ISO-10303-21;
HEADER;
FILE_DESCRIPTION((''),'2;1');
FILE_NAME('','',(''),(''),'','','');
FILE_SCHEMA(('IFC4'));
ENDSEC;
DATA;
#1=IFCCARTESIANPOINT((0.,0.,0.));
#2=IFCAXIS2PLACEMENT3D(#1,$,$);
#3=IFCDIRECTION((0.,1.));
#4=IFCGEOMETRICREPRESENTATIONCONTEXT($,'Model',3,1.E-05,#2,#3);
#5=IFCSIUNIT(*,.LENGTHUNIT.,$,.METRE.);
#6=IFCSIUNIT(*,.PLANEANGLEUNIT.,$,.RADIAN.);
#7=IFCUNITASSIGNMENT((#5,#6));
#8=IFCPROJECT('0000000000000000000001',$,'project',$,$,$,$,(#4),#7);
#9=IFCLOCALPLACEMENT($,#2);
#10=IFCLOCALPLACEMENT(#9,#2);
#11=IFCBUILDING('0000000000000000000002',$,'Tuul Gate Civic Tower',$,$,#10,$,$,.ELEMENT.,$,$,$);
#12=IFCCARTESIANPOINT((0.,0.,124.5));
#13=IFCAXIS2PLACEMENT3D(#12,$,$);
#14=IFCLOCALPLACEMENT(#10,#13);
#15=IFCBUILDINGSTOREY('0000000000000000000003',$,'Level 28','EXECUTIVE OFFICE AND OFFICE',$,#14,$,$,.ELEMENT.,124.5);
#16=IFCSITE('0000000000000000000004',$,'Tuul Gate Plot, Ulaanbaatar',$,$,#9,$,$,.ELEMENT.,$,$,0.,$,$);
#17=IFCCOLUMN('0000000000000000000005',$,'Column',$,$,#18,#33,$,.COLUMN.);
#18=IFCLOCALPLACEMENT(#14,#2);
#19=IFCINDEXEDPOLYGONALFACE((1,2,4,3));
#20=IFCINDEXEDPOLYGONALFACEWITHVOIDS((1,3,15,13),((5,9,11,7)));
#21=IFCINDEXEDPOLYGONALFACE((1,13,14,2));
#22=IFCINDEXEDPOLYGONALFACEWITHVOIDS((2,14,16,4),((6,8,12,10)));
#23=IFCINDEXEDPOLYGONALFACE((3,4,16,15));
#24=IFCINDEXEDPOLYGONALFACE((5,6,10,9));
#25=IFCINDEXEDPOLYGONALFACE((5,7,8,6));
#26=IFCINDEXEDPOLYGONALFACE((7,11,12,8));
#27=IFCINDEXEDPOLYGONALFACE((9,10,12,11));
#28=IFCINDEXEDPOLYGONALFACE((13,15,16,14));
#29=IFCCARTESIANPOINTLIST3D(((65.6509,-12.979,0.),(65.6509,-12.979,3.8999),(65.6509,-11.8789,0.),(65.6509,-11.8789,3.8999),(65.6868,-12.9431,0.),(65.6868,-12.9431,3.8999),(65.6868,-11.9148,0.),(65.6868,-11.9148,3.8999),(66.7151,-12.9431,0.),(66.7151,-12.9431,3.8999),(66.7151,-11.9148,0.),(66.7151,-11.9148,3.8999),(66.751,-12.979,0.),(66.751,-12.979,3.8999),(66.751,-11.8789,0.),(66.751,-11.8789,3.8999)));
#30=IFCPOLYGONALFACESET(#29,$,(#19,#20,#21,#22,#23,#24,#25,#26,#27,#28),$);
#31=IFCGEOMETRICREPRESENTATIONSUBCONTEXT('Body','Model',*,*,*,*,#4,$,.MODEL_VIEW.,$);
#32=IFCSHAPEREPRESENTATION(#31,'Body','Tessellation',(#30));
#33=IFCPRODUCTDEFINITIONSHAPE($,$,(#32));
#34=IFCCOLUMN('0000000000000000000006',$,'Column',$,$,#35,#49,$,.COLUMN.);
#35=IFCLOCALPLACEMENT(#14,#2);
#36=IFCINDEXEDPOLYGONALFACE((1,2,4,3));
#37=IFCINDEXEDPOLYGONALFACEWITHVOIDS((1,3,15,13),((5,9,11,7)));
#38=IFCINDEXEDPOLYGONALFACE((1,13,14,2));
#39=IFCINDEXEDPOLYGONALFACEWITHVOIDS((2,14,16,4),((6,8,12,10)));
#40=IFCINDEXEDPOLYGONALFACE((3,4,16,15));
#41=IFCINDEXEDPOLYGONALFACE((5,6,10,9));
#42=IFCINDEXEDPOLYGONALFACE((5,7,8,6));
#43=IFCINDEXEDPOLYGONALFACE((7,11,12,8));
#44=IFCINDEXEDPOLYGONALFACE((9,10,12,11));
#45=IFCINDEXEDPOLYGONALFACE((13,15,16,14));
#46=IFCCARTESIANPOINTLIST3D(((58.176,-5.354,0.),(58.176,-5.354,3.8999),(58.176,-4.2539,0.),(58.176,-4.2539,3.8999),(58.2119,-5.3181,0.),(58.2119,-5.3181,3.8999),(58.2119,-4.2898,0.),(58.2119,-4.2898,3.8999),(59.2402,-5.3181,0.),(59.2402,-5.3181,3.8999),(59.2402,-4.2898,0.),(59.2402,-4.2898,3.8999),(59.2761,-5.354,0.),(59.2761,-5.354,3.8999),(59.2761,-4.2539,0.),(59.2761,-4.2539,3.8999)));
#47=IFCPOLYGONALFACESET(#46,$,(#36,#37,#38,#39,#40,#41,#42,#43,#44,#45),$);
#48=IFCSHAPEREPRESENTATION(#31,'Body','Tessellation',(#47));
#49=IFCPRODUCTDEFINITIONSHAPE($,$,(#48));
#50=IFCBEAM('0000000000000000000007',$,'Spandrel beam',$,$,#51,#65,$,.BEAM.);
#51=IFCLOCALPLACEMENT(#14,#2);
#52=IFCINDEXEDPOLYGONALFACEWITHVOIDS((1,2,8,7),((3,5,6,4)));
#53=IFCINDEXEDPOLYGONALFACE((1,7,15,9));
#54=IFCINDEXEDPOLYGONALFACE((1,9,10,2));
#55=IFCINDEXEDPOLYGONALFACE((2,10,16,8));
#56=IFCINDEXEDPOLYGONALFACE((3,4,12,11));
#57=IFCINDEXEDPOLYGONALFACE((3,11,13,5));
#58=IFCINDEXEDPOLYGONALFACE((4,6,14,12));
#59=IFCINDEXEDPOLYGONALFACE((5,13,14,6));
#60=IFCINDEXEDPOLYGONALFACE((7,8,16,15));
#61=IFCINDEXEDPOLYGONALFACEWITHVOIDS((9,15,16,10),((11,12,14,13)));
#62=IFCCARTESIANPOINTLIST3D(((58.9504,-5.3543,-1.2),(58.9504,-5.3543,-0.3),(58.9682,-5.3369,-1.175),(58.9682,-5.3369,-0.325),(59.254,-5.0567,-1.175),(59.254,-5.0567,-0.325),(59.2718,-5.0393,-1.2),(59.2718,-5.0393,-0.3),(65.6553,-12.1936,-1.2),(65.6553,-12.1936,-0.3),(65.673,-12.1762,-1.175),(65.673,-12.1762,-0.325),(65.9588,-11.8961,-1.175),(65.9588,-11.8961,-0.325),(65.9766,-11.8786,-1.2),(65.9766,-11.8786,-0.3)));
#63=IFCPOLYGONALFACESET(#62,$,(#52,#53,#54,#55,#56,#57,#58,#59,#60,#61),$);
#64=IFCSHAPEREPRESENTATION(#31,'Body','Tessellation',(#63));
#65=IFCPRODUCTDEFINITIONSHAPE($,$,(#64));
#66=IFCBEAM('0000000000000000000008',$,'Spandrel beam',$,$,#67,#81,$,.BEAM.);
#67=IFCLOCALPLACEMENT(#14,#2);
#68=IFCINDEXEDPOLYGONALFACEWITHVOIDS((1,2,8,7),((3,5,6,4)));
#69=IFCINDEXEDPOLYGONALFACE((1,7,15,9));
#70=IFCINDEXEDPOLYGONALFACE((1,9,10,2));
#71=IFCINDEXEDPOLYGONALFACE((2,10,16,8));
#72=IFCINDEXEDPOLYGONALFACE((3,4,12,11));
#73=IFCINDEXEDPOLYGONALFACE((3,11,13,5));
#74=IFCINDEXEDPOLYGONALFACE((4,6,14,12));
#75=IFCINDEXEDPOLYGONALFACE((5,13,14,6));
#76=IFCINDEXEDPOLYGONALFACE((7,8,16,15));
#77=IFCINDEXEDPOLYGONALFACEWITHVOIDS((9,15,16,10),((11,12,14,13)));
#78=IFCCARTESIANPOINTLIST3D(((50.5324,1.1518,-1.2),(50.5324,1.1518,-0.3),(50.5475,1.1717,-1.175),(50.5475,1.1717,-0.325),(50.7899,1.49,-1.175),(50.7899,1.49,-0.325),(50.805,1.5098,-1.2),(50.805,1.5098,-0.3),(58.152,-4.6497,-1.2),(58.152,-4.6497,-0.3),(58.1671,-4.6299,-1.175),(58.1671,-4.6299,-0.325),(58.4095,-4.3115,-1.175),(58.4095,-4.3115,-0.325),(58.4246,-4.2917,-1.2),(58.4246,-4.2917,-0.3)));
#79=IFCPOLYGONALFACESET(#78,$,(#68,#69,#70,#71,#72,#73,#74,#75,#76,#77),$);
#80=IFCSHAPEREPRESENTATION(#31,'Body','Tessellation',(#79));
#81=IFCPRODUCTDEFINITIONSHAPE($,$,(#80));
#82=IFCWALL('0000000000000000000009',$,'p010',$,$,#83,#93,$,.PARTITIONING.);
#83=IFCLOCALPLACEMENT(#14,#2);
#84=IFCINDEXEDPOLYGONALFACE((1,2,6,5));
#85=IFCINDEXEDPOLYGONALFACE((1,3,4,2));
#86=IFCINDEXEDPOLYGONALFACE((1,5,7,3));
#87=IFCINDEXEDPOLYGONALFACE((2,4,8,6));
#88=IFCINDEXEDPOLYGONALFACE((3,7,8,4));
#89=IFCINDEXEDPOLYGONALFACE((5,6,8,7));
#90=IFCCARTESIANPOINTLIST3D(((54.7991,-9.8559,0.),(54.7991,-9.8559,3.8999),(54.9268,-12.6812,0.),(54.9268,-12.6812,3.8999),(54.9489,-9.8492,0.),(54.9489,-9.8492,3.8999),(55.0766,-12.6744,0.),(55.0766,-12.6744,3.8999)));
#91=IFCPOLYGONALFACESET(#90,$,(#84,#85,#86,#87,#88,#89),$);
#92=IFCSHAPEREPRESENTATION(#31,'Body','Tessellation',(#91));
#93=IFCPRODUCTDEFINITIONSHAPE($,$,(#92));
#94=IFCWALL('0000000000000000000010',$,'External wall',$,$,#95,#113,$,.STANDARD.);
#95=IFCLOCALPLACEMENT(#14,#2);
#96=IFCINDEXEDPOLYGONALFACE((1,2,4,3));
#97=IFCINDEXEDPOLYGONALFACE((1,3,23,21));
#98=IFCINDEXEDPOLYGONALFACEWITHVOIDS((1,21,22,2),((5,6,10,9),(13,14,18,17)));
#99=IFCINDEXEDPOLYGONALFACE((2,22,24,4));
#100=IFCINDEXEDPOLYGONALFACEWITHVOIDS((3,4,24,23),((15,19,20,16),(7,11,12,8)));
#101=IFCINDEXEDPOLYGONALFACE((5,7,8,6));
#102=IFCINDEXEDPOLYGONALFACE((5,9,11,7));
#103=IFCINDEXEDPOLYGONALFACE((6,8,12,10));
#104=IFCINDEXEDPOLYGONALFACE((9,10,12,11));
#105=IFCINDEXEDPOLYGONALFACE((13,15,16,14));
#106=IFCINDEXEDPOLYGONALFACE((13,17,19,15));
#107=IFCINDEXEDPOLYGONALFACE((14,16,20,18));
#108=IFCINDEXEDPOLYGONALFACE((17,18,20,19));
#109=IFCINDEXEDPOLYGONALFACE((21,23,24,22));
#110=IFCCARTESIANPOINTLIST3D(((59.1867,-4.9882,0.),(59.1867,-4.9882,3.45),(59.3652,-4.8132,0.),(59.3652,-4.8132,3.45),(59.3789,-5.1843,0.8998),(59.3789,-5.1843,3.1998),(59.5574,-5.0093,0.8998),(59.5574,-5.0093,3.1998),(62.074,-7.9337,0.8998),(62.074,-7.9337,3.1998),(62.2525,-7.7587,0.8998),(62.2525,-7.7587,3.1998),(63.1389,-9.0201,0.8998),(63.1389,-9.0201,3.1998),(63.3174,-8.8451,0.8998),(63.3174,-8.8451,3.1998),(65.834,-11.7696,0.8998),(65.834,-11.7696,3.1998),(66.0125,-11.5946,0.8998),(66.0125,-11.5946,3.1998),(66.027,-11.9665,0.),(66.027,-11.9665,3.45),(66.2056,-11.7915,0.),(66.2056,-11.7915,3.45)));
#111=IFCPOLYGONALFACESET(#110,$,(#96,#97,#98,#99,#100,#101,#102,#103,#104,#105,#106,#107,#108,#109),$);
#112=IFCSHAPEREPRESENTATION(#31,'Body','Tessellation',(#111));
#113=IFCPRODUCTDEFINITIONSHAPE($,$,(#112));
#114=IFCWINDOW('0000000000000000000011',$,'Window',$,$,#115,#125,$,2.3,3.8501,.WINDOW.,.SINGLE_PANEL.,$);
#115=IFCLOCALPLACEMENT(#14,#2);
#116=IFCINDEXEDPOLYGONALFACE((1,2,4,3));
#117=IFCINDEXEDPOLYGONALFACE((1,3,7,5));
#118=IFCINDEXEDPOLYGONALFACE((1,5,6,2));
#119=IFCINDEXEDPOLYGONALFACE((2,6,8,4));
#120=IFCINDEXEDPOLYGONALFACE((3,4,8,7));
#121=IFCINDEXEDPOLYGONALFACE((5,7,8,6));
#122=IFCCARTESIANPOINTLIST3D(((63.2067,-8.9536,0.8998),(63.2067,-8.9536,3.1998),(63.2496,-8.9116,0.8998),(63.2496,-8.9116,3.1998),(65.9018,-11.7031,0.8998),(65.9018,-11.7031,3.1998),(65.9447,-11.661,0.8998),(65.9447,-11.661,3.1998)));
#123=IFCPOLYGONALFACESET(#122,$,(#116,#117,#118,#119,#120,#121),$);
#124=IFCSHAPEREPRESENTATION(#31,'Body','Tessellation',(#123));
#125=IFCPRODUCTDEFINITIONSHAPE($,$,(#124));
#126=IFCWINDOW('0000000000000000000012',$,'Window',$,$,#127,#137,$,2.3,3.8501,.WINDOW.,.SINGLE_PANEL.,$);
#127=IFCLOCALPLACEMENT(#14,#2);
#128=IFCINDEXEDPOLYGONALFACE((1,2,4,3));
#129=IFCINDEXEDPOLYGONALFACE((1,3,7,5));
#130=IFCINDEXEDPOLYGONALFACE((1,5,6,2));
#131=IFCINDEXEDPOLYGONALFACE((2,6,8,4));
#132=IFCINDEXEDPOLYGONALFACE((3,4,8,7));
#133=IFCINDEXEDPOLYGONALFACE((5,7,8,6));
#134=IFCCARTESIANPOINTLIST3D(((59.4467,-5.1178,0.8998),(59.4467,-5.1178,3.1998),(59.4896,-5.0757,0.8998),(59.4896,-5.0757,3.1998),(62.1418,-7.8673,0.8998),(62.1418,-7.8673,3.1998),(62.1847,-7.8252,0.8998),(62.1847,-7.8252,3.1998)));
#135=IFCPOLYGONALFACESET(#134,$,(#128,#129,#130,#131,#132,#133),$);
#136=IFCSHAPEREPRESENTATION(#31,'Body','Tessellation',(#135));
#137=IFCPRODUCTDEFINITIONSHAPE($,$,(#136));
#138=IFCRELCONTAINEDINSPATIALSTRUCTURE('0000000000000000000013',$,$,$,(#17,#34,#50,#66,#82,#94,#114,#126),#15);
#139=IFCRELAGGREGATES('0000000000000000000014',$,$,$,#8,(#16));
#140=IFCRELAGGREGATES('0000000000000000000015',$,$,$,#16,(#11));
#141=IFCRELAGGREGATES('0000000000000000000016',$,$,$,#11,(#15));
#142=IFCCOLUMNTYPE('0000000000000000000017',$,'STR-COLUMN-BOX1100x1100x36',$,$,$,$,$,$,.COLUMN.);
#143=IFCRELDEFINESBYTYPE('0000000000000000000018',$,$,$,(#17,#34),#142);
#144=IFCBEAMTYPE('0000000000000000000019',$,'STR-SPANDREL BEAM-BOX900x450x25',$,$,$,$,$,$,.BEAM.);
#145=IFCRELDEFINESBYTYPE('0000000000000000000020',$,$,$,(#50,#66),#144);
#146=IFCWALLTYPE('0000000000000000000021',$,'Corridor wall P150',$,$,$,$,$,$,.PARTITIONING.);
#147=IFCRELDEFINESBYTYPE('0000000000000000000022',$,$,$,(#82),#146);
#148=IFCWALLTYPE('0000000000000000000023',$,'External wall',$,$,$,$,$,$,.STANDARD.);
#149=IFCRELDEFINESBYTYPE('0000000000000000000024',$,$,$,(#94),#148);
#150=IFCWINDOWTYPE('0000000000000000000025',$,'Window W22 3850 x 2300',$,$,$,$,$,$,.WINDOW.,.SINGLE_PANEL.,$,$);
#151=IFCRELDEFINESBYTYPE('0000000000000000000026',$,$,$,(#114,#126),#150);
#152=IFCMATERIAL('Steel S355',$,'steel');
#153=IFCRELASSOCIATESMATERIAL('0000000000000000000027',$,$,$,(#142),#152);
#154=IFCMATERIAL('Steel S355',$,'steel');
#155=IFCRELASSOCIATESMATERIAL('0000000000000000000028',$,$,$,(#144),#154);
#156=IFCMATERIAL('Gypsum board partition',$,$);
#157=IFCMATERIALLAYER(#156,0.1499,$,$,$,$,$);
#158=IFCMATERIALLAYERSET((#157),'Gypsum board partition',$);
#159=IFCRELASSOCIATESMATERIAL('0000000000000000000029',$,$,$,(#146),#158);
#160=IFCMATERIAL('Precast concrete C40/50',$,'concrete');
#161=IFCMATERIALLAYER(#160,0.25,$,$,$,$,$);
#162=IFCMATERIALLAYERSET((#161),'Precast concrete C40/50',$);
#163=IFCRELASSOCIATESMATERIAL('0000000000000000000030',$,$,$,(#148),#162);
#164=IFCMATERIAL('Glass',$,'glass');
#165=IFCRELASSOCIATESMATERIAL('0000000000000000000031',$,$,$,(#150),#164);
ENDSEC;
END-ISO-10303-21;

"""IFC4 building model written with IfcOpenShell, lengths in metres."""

from ifc_helpers import new_model, si_unit, direction, frame, frame_2d, origin, origin_2d, place, context, subcontext, project, spatial, rectangle, hollow_rectangle, extrude, material, layer, layer_set, material_profile, profile_set, type_object, element, fill, save


model = new_model("IFC4")

# Units and contexts
model_context = context("Model", 3, precision=1e-05, world=origin(), true_north=direction((0.0, 1.0)))
body_context = subcontext(model_context, "Body", "Model", "MODEL_VIEW")
ifc_project = project(units=[si_unit("LENGTHUNIT", "METRE"), si_unit("PLANEANGLEUNIT", "RADIAN")], contexts=[model_context])

# Site, building, storey
site_placement = place(None, origin())
site = spatial("IfcSite", under=ifc_project, at=site_placement, Name="Tuul Gate Plot, Ulaanbaatar", CompositionType="ELEMENT", RefElevation=0.0)
building_placement = place(site_placement, origin())
building = spatial("IfcBuilding", under=site, at=building_placement, Name="Tuul Gate Civic Tower", CompositionType="ELEMENT")
storey_placement = place(building_placement, frame((0.0, 0.0, 124.5)))
storey = spatial("IfcBuildingStorey", under=building, at=storey_placement, Name="Level 28", Description="EXECUTIVE OFFICE AND OFFICE", CompositionType="ELEMENT", Elevation=124.5)

# Columns
ifc_material_1 = material(Name="Steel S355", Category="steel")
ifc_material_profile_1 = material_profile(ifc_material_1, hollow_rectangle(XDim=1.1001, YDim=1.1001, WallThickness=0.0359, at=origin_2d()), Name="BOX1100x1100x36")
ifc_profile_set_1 = profile_set([ifc_material_profile_1], Name="Steel S355")
column_type = type_object("IfcColumnType", Name="STR-COLUMN-BOX1100x1100x36", PredefinedType="COLUMN", material=ifc_profile_set_1)
for number, where, z_axis, x_axis, name in (
    (1, (66.2009, -12.429, 0.0), (0.0, 0.0, 1.0), (1.0, 0.0, 0.0), "Column"),
    (2, (58.7261, -4.804, 0.0), (0.0, 0.0, 1.0), (1.0, 0.0, 0.0), "Column"),
):
    element("IfcColumn", number, at=place(storey_placement, frame(where, z_axis=z_axis, x_axis=x_axis)), inside=storey, type_object=column_type, Name=name, PredefinedType="COLUMN", context=body_context, shape_type="SweptSolid", body=[
        extrude(hollow_rectangle(XDim=1.1001, YDim=1.1001, WallThickness=0.0359, at=origin_2d()), origin(), (0.0, 0.0, 1.0), 3.8999),
    ])

# Beams
ifc_material_2 = material(Name="Steel S355", Category="steel")
ifc_material_profile_2 = material_profile(ifc_material_2, hollow_rectangle(XDim=0.45, YDim=0.8999, WallThickness=0.0249, at=origin_2d()), Name="BOX900x450x25")
ifc_profile_set_2 = profile_set([ifc_material_profile_2], Name="Steel S355")
beam_type = type_object("IfcBeamType", Name="STR-SPANDREL BEAM-BOX900x450x25", PredefinedType="BEAM", material=ifc_profile_set_2)
beam_1_placement = place(storey_placement, frame((65.8159, -12.0361, -0.75), z_axis=(-0.700049, 0.714095, 0.0), x_axis=(-0.714095, -0.700049, 0.0)))
element("IfcBeam", 3, at=beam_1_placement, inside=storey, type_object=beam_type, Name="Spandrel beam", PredefinedType="BEAM", context=body_context, shape_type="SweptSolid", body=[
    extrude(hollow_rectangle(XDim=0.45, YDim=0.8999, WallThickness=0.0249, at=origin_2d()), origin(), (0.0, 0.0, 1.0), 9.5776),
])
beam_2_placement = place(storey_placement, frame((58.2883, -4.4707, -0.75), z_axis=(-0.795629, 0.605784, 0.0), x_axis=(-0.605784, -0.795629, 0.0)))
element("IfcBeam", 4, at=beam_2_placement, inside=storey, type_object=beam_type, Name="Spandrel beam", PredefinedType="BEAM", context=body_context, shape_type="SweptSolid", body=[
    extrude(hollow_rectangle(XDim=0.45, YDim=0.8999, WallThickness=0.0249, at=origin_2d()), origin(), (0.0, 0.0, 1.0), 9.5769),
])

# Wall
ifc_material_3 = material(Name="Gypsum board partition")
ifc_layer_1 = layer(ifc_material_3, 0.1499)
ifc_layer_set_1 = layer_set([ifc_layer_1], Name="Gypsum board partition")
wall_type_1 = type_object("IfcWallType", Name="Corridor wall P150", PredefinedType="PARTITIONING", material=ifc_layer_set_1)
wall_1_placement = place(storey_placement, frame((54.874, -9.8525, 0.0), z_axis=(0.0, 0.0, 1.0), x_axis=(0.045149, -0.99898, 0.0)))
element("IfcWall", 5, at=wall_1_placement, inside=storey, type_object=wall_type_1, Name="p010", PredefinedType="PARTITIONING", context=body_context, shape_type="SweptSolid", body=[
    extrude(rectangle(XDim=2.8281, YDim=0.1499, at=frame_2d((1.4141, 0.0))), origin(), (0.0, 0.0, 1.0), 3.8999),
])

# Wall, openings, windows
ifc_material_4 = material(Name="Precast concrete C40/50", Category="concrete")
ifc_layer_2 = layer(ifc_material_4, 0.25)
ifc_layer_set_2 = layer_set([ifc_layer_2], Name="Precast concrete C40/50")
wall_type_2 = type_object("IfcWallType", Name="External wall", PredefinedType="STANDARD", material=ifc_layer_set_2)
wall_2_placement = place(storey_placement, frame((66.1162, -11.8789, 0.0), z_axis=(0.0, 0.0, 1.0), x_axis=(-0.700013, 0.71413, 0.0)))
wall_2 = element("IfcWall", 6, at=wall_2_placement, inside=storey, type_object=wall_type_2, Name="External wall", PredefinedType="STANDARD", context=body_context, shape_type="SweptSolid", body=[
    extrude(rectangle(XDim=9.7717, YDim=0.25, at=frame_2d((4.8857, 0.0))), origin(), (0.0, 0.0, 1.0), 3.45),
])
opening_1_placement = place(wall_2_placement, frame((0.2756, 0.0, 0.8999)))
opening_1 = element("IfcOpeningElement", 7, at=opening_1_placement, cuts=wall_2, PredefinedType="OPENING", context=body_context, shape_type="SweptSolid", body=[
    extrude(rectangle(XDim=3.8501, YDim=2.3, at=frame_2d((1.925, 1.1499))), frame((0.0, 0.135, 0.0), z_axis=(0.0, -1.0, 0.0), x_axis=(1.0, 0.0, 0.0)), (0.0, 0.0, 1.0), 0.27),
])
opening_2_placement = place(wall_2_placement, frame((5.647, 0.0, 0.8999)))
opening_2 = element("IfcOpeningElement", 8, at=opening_2_placement, cuts=wall_2, PredefinedType="OPENING", context=body_context, shape_type="SweptSolid", body=[
    extrude(rectangle(XDim=3.8501, YDim=2.3, at=frame_2d((1.925, 1.1499))), frame((0.0, 0.135, 0.0), z_axis=(0.0, -1.0, 0.0), x_axis=(1.0, 0.0, 0.0)), (0.0, 0.0, 1.0), 0.27),
])
ifc_material_5 = material(Name="Glass", Category="glass")
window_type = type_object("IfcWindowType", Name="Window W22 3850 x 2300", PartitioningType="SINGLE_PANEL", PredefinedType="WINDOW", material=ifc_material_5)
window_1_placement = place(opening_1_placement, origin())
window_1 = element("IfcWindow", 9, at=window_1_placement, inside=storey, type_object=window_type, Name="Window", OverallHeight=2.3, OverallWidth=3.8501, PartitioningType="SINGLE_PANEL", PredefinedType="WINDOW", context=body_context, shape_type="SweptSolid", body=[
    extrude(rectangle(XDim=3.8501, YDim=2.3, at=frame_2d((1.925, 1.1499))), frame((0.0, 0.03, 0.0), z_axis=(0.0, -1.0, 0.0), x_axis=(1.0, 0.0, 0.0)), (0.0, 0.0, 1.0), 0.0601),
])
fill(opening_1, window_1)
window_2_placement = place(opening_2_placement, origin())
window_2 = element("IfcWindow", 10, at=window_2_placement, inside=storey, type_object=window_type, Name="Window", OverallHeight=2.3, OverallWidth=3.8501, PartitioningType="SINGLE_PANEL", PredefinedType="WINDOW", context=body_context, shape_type="SweptSolid", body=[
    extrude(rectangle(XDim=3.8501, YDim=2.3, at=frame_2d((1.925, 1.1499))), frame((0.0, 0.03, 0.0), z_axis=(0.0, -1.0, 0.0), x_axis=(1.0, 0.0, 0.0)), (0.0, 0.0, 1.0), 0.0601),
])
fill(opening_2, window_2)

save(model, "model.ifc")
